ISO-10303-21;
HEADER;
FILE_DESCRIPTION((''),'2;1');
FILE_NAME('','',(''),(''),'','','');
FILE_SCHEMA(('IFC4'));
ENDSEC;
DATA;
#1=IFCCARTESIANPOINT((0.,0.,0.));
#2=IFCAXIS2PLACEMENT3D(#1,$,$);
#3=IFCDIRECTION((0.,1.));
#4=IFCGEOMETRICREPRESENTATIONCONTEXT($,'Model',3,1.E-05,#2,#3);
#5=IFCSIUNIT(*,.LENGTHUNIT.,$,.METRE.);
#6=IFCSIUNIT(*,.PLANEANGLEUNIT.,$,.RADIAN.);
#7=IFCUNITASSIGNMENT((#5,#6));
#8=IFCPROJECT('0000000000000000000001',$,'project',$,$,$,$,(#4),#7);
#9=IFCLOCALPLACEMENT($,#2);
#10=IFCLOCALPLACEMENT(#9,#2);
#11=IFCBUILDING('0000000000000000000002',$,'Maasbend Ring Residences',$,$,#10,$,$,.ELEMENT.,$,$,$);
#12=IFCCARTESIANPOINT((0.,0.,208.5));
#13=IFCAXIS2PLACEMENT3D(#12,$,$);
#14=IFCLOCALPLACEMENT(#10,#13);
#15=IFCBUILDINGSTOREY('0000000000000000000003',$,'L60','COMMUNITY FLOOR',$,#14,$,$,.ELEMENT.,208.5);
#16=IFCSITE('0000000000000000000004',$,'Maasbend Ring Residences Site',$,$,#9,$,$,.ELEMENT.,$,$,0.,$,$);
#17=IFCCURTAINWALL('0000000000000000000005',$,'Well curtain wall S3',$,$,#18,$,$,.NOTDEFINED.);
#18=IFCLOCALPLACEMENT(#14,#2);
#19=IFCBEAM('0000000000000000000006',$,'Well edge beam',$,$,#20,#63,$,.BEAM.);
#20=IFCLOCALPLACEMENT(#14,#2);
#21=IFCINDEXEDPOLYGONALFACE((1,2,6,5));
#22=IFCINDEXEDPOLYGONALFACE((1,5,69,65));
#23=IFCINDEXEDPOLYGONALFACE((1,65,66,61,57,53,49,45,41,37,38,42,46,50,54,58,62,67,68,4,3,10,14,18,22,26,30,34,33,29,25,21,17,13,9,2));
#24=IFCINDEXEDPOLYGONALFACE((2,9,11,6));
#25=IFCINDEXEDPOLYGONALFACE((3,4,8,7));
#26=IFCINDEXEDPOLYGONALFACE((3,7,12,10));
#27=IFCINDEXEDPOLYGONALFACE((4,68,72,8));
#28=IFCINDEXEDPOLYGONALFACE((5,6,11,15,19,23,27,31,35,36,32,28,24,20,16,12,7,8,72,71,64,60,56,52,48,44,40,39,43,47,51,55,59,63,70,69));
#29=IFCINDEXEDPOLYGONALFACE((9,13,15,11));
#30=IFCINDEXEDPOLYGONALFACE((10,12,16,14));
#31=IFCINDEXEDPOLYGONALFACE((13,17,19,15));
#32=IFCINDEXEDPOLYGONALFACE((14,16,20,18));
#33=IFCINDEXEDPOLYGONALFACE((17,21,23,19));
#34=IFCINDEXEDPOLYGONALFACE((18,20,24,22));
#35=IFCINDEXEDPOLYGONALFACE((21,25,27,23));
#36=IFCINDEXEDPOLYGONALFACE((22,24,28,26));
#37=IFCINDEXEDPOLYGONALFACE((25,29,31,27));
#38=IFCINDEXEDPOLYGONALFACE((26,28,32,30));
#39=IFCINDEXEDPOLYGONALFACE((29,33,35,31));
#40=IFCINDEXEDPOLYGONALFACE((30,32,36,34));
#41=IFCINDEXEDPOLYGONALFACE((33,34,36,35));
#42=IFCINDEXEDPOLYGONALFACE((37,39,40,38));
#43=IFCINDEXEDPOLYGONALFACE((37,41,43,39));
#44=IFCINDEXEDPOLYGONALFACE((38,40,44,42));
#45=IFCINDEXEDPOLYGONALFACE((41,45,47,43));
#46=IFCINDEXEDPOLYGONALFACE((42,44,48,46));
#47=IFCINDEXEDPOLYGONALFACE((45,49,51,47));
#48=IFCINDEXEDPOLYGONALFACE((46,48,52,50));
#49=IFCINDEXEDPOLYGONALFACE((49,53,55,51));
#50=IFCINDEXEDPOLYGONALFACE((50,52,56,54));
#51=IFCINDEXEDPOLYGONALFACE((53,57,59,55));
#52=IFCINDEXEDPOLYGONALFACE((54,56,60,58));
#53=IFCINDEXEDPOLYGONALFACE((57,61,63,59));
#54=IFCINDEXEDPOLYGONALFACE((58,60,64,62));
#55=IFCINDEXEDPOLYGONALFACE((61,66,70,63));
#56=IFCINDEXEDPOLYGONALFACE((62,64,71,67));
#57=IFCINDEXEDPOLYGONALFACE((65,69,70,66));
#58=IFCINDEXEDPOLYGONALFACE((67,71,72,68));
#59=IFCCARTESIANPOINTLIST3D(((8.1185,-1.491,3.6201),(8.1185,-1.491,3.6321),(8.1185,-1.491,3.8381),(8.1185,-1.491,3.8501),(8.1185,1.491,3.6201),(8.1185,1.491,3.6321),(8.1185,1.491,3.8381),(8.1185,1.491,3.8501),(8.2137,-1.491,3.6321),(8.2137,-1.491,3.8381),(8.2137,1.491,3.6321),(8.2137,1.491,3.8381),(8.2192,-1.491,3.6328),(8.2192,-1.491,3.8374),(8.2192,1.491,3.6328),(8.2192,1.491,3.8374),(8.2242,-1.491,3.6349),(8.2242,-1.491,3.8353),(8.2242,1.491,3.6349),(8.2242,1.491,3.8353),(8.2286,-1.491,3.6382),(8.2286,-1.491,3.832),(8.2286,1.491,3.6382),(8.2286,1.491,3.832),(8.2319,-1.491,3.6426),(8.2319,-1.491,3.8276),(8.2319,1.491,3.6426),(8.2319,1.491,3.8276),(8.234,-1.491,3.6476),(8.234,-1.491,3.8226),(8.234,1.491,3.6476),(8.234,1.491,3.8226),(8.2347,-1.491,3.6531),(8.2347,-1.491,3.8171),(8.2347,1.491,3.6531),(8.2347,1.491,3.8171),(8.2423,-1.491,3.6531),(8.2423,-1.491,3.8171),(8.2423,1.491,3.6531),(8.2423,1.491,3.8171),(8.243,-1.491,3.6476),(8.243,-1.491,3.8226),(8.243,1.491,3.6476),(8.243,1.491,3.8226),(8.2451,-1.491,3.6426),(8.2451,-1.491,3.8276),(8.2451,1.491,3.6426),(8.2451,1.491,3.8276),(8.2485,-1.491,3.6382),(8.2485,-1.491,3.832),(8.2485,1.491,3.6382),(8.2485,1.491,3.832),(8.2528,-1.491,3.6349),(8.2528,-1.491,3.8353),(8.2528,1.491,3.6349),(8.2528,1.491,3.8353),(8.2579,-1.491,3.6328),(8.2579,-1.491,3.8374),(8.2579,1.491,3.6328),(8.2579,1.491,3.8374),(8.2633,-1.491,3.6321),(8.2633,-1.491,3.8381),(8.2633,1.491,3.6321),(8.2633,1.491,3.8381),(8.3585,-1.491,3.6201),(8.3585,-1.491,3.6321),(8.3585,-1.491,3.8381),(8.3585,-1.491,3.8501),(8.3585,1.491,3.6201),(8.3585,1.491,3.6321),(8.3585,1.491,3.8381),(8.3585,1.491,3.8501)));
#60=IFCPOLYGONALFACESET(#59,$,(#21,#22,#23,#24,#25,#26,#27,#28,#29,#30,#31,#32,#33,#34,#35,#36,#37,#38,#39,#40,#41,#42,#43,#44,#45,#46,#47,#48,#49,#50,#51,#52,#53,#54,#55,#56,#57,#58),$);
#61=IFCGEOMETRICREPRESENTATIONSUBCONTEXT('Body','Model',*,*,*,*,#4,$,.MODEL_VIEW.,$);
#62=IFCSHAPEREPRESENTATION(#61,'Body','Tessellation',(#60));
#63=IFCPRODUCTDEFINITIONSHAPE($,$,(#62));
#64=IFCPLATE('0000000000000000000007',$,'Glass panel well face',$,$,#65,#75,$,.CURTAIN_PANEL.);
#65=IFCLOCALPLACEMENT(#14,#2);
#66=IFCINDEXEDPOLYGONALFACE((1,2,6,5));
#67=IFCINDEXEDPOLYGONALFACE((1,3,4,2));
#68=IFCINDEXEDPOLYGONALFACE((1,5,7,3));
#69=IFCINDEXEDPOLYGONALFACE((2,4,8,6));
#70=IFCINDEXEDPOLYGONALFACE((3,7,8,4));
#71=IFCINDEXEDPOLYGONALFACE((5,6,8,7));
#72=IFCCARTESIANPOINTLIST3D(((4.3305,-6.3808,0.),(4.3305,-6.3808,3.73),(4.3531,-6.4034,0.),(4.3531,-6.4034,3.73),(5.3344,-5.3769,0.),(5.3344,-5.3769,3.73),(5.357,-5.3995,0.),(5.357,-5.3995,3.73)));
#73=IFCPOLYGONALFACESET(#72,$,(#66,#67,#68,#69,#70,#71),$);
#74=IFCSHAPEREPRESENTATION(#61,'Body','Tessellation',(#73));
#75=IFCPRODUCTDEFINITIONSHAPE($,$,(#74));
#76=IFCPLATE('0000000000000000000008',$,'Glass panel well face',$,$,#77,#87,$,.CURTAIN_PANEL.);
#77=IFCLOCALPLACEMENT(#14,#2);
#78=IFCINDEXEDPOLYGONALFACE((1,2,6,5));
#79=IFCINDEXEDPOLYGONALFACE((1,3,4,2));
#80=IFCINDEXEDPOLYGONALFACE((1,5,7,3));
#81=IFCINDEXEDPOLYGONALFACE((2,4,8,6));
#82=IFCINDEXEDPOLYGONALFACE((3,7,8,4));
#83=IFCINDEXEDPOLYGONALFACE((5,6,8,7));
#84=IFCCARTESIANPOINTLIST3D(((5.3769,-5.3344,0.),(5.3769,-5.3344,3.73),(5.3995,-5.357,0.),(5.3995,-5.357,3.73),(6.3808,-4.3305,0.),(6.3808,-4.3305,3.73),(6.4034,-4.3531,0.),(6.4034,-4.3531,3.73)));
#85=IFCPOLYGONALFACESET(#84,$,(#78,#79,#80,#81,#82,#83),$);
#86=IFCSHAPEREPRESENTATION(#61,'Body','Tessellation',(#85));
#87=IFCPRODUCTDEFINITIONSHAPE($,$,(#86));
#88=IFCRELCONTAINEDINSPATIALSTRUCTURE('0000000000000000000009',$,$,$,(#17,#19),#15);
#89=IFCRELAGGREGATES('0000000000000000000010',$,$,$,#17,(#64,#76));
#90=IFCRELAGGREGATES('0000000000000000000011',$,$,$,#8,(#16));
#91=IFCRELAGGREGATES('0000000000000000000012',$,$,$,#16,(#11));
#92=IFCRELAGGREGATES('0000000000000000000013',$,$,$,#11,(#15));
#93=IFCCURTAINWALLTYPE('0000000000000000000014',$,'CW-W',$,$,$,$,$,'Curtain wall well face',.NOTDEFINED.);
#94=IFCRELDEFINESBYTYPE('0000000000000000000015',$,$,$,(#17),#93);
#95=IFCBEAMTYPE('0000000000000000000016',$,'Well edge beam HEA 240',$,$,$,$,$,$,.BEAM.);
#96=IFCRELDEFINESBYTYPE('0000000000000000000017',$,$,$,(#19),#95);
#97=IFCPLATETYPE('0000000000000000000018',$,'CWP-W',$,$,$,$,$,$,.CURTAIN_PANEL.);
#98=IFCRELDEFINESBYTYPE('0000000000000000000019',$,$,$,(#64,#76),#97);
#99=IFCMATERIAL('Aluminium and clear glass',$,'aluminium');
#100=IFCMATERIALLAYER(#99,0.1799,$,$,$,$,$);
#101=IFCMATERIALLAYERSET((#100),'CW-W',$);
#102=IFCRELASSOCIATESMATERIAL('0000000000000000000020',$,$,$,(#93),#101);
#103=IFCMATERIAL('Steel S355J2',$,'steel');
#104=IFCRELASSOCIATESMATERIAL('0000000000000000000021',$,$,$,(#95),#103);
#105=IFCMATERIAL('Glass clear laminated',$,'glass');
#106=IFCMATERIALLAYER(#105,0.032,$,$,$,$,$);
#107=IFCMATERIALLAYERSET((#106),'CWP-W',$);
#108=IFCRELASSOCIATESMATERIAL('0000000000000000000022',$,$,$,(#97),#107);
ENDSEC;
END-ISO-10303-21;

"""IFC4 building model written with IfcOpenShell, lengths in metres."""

from ifc_helpers import new_model, si_unit, direction, frame, origin, origin_2d, place, context, subcontext, project, spatial, rectangle, i_section, extrude, material, layer, layer_set, material_profile, profile_set, type_object, element, aggregate, save


model = new_model("IFC4")

# Units and contexts
model_context = context("Model", 3, precision=1e-05, world=origin(), true_north=direction((0.0, 1.0)))
body_context = subcontext(model_context, "Body", "Model", "MODEL_VIEW")
ifc_project = project(units=[si_unit("LENGTHUNIT", "METRE"), si_unit("PLANEANGLEUNIT", "RADIAN")], contexts=[model_context])

# Site, building, storey
site_placement = place(None, origin())
site = spatial("IfcSite", under=ifc_project, at=site_placement, Name="Maasbend Ring Residences Site", CompositionType="ELEMENT", RefElevation=0.0)
building_placement = place(site_placement, origin())
building = spatial("IfcBuilding", under=site, at=building_placement, Name="Maasbend Ring Residences", CompositionType="ELEMENT")
storey_placement = place(building_placement, frame((0.0, 0.0, 208.5)))
storey = spatial("IfcBuildingStorey", under=building, at=storey_placement, Name="L60", Description="COMMUNITY FLOOR", CompositionType="ELEMENT", Elevation=208.5)

# Curtain wall
ifc_material_1 = material(Name="Aluminium and clear glass", Category="aluminium")
ifc_layer_1 = layer(ifc_material_1, 0.1799)
ifc_layer_set_1 = layer_set([ifc_layer_1], Name="CW-W")
curtain_wall_type = type_object("IfcCurtainWallType", Name="CW-W", ElementType="Curtain wall well face", PredefinedType="NOTDEFINED", material=ifc_layer_set_1)
curtain_wall_placement = place(storey_placement, origin())
curtain_wall = element("IfcCurtainWall", 1, at=curtain_wall_placement, inside=storey, type_object=curtain_wall_type, Name="Well curtain wall S3", PredefinedType="NOTDEFINED")

# Beam
ifc_material_2 = material(Name="Steel S355J2", Category="steel")
ifc_material_profile_1 = material_profile(ifc_material_2, i_section(OverallWidth=0.24, OverallDepth=0.23, WebThickness=0.0076, FlangeThickness=0.012, FilletRadius=0.021, at=origin_2d()), Name="HEA 240")
ifc_profile_set_1 = profile_set([ifc_material_profile_1], Name="Steel S355J2")
beam_type = type_object("IfcBeamType", Name="Well edge beam HEA 240", PredefinedType="BEAM", material=ifc_profile_set_1)
beam_1_placement = place(storey_placement, frame((8.2385, -1.491, 3.7351), z_axis=(0.0, 1.0, 0.0), x_axis=(-1.0, 0.0, 0.0)))
element("IfcBeam", 2, at=beam_1_placement, inside=storey, type_object=beam_type, Name="Well edge beam", PredefinedType="BEAM", context=body_context, shape_type="SweptSolid", body=[
    extrude(i_section(OverallWidth=0.24, OverallDepth=0.23, WebThickness=0.0076, FlangeThickness=0.012, FilletRadius=0.021, at=origin_2d()), origin(), (0.0, 0.0, 1.0), 2.9819),
])

# Plates
ifc_material_3 = material(Name="Glass clear laminated", Category="glass")
ifc_layer_2 = layer(ifc_material_3, 0.032)
ifc_layer_set_2 = layer_set([ifc_layer_2], Name="CWP-W")
plate_type = type_object("IfcPlateType", Name="CWP-W", PredefinedType="CURTAIN_PANEL", material=ifc_layer_set_2)
plate_1_placement = place(storey_placement, frame((4.8438, -5.8901, 0.0), z_axis=(0.0, 0.0, 1.0), x_axis=(0.707107, 0.707107, 0.0)))
plate_1 = element("IfcPlate", 3, at=plate_1_placement, type_object=plate_type, Name="Glass panel well face", PredefinedType="CURTAIN_PANEL", context=body_context, shape_type="SweptSolid", body=[
    extrude(rectangle(XDim=1.4197, YDim=0.032, at=origin_2d()), origin(), (0.0, 0.0, 1.0), 3.73),
])
plate_2_placement = place(storey_placement, frame((5.8901, -4.8438, 0.0), z_axis=(0.0, 0.0, 1.0), x_axis=(0.707107, 0.707107, 0.0)))
plate_2 = element("IfcPlate", 4, at=plate_2_placement, type_object=plate_type, Name="Glass panel well face", PredefinedType="CURTAIN_PANEL", context=body_context, shape_type="SweptSolid", body=[
    extrude(rectangle(XDim=1.4197, YDim=0.032, at=origin_2d()), origin(), (0.0, 0.0, 1.0), 3.73),
])
aggregate(curtain_wall, [plate_1, plate_2])

save(model, "model.ifc")
